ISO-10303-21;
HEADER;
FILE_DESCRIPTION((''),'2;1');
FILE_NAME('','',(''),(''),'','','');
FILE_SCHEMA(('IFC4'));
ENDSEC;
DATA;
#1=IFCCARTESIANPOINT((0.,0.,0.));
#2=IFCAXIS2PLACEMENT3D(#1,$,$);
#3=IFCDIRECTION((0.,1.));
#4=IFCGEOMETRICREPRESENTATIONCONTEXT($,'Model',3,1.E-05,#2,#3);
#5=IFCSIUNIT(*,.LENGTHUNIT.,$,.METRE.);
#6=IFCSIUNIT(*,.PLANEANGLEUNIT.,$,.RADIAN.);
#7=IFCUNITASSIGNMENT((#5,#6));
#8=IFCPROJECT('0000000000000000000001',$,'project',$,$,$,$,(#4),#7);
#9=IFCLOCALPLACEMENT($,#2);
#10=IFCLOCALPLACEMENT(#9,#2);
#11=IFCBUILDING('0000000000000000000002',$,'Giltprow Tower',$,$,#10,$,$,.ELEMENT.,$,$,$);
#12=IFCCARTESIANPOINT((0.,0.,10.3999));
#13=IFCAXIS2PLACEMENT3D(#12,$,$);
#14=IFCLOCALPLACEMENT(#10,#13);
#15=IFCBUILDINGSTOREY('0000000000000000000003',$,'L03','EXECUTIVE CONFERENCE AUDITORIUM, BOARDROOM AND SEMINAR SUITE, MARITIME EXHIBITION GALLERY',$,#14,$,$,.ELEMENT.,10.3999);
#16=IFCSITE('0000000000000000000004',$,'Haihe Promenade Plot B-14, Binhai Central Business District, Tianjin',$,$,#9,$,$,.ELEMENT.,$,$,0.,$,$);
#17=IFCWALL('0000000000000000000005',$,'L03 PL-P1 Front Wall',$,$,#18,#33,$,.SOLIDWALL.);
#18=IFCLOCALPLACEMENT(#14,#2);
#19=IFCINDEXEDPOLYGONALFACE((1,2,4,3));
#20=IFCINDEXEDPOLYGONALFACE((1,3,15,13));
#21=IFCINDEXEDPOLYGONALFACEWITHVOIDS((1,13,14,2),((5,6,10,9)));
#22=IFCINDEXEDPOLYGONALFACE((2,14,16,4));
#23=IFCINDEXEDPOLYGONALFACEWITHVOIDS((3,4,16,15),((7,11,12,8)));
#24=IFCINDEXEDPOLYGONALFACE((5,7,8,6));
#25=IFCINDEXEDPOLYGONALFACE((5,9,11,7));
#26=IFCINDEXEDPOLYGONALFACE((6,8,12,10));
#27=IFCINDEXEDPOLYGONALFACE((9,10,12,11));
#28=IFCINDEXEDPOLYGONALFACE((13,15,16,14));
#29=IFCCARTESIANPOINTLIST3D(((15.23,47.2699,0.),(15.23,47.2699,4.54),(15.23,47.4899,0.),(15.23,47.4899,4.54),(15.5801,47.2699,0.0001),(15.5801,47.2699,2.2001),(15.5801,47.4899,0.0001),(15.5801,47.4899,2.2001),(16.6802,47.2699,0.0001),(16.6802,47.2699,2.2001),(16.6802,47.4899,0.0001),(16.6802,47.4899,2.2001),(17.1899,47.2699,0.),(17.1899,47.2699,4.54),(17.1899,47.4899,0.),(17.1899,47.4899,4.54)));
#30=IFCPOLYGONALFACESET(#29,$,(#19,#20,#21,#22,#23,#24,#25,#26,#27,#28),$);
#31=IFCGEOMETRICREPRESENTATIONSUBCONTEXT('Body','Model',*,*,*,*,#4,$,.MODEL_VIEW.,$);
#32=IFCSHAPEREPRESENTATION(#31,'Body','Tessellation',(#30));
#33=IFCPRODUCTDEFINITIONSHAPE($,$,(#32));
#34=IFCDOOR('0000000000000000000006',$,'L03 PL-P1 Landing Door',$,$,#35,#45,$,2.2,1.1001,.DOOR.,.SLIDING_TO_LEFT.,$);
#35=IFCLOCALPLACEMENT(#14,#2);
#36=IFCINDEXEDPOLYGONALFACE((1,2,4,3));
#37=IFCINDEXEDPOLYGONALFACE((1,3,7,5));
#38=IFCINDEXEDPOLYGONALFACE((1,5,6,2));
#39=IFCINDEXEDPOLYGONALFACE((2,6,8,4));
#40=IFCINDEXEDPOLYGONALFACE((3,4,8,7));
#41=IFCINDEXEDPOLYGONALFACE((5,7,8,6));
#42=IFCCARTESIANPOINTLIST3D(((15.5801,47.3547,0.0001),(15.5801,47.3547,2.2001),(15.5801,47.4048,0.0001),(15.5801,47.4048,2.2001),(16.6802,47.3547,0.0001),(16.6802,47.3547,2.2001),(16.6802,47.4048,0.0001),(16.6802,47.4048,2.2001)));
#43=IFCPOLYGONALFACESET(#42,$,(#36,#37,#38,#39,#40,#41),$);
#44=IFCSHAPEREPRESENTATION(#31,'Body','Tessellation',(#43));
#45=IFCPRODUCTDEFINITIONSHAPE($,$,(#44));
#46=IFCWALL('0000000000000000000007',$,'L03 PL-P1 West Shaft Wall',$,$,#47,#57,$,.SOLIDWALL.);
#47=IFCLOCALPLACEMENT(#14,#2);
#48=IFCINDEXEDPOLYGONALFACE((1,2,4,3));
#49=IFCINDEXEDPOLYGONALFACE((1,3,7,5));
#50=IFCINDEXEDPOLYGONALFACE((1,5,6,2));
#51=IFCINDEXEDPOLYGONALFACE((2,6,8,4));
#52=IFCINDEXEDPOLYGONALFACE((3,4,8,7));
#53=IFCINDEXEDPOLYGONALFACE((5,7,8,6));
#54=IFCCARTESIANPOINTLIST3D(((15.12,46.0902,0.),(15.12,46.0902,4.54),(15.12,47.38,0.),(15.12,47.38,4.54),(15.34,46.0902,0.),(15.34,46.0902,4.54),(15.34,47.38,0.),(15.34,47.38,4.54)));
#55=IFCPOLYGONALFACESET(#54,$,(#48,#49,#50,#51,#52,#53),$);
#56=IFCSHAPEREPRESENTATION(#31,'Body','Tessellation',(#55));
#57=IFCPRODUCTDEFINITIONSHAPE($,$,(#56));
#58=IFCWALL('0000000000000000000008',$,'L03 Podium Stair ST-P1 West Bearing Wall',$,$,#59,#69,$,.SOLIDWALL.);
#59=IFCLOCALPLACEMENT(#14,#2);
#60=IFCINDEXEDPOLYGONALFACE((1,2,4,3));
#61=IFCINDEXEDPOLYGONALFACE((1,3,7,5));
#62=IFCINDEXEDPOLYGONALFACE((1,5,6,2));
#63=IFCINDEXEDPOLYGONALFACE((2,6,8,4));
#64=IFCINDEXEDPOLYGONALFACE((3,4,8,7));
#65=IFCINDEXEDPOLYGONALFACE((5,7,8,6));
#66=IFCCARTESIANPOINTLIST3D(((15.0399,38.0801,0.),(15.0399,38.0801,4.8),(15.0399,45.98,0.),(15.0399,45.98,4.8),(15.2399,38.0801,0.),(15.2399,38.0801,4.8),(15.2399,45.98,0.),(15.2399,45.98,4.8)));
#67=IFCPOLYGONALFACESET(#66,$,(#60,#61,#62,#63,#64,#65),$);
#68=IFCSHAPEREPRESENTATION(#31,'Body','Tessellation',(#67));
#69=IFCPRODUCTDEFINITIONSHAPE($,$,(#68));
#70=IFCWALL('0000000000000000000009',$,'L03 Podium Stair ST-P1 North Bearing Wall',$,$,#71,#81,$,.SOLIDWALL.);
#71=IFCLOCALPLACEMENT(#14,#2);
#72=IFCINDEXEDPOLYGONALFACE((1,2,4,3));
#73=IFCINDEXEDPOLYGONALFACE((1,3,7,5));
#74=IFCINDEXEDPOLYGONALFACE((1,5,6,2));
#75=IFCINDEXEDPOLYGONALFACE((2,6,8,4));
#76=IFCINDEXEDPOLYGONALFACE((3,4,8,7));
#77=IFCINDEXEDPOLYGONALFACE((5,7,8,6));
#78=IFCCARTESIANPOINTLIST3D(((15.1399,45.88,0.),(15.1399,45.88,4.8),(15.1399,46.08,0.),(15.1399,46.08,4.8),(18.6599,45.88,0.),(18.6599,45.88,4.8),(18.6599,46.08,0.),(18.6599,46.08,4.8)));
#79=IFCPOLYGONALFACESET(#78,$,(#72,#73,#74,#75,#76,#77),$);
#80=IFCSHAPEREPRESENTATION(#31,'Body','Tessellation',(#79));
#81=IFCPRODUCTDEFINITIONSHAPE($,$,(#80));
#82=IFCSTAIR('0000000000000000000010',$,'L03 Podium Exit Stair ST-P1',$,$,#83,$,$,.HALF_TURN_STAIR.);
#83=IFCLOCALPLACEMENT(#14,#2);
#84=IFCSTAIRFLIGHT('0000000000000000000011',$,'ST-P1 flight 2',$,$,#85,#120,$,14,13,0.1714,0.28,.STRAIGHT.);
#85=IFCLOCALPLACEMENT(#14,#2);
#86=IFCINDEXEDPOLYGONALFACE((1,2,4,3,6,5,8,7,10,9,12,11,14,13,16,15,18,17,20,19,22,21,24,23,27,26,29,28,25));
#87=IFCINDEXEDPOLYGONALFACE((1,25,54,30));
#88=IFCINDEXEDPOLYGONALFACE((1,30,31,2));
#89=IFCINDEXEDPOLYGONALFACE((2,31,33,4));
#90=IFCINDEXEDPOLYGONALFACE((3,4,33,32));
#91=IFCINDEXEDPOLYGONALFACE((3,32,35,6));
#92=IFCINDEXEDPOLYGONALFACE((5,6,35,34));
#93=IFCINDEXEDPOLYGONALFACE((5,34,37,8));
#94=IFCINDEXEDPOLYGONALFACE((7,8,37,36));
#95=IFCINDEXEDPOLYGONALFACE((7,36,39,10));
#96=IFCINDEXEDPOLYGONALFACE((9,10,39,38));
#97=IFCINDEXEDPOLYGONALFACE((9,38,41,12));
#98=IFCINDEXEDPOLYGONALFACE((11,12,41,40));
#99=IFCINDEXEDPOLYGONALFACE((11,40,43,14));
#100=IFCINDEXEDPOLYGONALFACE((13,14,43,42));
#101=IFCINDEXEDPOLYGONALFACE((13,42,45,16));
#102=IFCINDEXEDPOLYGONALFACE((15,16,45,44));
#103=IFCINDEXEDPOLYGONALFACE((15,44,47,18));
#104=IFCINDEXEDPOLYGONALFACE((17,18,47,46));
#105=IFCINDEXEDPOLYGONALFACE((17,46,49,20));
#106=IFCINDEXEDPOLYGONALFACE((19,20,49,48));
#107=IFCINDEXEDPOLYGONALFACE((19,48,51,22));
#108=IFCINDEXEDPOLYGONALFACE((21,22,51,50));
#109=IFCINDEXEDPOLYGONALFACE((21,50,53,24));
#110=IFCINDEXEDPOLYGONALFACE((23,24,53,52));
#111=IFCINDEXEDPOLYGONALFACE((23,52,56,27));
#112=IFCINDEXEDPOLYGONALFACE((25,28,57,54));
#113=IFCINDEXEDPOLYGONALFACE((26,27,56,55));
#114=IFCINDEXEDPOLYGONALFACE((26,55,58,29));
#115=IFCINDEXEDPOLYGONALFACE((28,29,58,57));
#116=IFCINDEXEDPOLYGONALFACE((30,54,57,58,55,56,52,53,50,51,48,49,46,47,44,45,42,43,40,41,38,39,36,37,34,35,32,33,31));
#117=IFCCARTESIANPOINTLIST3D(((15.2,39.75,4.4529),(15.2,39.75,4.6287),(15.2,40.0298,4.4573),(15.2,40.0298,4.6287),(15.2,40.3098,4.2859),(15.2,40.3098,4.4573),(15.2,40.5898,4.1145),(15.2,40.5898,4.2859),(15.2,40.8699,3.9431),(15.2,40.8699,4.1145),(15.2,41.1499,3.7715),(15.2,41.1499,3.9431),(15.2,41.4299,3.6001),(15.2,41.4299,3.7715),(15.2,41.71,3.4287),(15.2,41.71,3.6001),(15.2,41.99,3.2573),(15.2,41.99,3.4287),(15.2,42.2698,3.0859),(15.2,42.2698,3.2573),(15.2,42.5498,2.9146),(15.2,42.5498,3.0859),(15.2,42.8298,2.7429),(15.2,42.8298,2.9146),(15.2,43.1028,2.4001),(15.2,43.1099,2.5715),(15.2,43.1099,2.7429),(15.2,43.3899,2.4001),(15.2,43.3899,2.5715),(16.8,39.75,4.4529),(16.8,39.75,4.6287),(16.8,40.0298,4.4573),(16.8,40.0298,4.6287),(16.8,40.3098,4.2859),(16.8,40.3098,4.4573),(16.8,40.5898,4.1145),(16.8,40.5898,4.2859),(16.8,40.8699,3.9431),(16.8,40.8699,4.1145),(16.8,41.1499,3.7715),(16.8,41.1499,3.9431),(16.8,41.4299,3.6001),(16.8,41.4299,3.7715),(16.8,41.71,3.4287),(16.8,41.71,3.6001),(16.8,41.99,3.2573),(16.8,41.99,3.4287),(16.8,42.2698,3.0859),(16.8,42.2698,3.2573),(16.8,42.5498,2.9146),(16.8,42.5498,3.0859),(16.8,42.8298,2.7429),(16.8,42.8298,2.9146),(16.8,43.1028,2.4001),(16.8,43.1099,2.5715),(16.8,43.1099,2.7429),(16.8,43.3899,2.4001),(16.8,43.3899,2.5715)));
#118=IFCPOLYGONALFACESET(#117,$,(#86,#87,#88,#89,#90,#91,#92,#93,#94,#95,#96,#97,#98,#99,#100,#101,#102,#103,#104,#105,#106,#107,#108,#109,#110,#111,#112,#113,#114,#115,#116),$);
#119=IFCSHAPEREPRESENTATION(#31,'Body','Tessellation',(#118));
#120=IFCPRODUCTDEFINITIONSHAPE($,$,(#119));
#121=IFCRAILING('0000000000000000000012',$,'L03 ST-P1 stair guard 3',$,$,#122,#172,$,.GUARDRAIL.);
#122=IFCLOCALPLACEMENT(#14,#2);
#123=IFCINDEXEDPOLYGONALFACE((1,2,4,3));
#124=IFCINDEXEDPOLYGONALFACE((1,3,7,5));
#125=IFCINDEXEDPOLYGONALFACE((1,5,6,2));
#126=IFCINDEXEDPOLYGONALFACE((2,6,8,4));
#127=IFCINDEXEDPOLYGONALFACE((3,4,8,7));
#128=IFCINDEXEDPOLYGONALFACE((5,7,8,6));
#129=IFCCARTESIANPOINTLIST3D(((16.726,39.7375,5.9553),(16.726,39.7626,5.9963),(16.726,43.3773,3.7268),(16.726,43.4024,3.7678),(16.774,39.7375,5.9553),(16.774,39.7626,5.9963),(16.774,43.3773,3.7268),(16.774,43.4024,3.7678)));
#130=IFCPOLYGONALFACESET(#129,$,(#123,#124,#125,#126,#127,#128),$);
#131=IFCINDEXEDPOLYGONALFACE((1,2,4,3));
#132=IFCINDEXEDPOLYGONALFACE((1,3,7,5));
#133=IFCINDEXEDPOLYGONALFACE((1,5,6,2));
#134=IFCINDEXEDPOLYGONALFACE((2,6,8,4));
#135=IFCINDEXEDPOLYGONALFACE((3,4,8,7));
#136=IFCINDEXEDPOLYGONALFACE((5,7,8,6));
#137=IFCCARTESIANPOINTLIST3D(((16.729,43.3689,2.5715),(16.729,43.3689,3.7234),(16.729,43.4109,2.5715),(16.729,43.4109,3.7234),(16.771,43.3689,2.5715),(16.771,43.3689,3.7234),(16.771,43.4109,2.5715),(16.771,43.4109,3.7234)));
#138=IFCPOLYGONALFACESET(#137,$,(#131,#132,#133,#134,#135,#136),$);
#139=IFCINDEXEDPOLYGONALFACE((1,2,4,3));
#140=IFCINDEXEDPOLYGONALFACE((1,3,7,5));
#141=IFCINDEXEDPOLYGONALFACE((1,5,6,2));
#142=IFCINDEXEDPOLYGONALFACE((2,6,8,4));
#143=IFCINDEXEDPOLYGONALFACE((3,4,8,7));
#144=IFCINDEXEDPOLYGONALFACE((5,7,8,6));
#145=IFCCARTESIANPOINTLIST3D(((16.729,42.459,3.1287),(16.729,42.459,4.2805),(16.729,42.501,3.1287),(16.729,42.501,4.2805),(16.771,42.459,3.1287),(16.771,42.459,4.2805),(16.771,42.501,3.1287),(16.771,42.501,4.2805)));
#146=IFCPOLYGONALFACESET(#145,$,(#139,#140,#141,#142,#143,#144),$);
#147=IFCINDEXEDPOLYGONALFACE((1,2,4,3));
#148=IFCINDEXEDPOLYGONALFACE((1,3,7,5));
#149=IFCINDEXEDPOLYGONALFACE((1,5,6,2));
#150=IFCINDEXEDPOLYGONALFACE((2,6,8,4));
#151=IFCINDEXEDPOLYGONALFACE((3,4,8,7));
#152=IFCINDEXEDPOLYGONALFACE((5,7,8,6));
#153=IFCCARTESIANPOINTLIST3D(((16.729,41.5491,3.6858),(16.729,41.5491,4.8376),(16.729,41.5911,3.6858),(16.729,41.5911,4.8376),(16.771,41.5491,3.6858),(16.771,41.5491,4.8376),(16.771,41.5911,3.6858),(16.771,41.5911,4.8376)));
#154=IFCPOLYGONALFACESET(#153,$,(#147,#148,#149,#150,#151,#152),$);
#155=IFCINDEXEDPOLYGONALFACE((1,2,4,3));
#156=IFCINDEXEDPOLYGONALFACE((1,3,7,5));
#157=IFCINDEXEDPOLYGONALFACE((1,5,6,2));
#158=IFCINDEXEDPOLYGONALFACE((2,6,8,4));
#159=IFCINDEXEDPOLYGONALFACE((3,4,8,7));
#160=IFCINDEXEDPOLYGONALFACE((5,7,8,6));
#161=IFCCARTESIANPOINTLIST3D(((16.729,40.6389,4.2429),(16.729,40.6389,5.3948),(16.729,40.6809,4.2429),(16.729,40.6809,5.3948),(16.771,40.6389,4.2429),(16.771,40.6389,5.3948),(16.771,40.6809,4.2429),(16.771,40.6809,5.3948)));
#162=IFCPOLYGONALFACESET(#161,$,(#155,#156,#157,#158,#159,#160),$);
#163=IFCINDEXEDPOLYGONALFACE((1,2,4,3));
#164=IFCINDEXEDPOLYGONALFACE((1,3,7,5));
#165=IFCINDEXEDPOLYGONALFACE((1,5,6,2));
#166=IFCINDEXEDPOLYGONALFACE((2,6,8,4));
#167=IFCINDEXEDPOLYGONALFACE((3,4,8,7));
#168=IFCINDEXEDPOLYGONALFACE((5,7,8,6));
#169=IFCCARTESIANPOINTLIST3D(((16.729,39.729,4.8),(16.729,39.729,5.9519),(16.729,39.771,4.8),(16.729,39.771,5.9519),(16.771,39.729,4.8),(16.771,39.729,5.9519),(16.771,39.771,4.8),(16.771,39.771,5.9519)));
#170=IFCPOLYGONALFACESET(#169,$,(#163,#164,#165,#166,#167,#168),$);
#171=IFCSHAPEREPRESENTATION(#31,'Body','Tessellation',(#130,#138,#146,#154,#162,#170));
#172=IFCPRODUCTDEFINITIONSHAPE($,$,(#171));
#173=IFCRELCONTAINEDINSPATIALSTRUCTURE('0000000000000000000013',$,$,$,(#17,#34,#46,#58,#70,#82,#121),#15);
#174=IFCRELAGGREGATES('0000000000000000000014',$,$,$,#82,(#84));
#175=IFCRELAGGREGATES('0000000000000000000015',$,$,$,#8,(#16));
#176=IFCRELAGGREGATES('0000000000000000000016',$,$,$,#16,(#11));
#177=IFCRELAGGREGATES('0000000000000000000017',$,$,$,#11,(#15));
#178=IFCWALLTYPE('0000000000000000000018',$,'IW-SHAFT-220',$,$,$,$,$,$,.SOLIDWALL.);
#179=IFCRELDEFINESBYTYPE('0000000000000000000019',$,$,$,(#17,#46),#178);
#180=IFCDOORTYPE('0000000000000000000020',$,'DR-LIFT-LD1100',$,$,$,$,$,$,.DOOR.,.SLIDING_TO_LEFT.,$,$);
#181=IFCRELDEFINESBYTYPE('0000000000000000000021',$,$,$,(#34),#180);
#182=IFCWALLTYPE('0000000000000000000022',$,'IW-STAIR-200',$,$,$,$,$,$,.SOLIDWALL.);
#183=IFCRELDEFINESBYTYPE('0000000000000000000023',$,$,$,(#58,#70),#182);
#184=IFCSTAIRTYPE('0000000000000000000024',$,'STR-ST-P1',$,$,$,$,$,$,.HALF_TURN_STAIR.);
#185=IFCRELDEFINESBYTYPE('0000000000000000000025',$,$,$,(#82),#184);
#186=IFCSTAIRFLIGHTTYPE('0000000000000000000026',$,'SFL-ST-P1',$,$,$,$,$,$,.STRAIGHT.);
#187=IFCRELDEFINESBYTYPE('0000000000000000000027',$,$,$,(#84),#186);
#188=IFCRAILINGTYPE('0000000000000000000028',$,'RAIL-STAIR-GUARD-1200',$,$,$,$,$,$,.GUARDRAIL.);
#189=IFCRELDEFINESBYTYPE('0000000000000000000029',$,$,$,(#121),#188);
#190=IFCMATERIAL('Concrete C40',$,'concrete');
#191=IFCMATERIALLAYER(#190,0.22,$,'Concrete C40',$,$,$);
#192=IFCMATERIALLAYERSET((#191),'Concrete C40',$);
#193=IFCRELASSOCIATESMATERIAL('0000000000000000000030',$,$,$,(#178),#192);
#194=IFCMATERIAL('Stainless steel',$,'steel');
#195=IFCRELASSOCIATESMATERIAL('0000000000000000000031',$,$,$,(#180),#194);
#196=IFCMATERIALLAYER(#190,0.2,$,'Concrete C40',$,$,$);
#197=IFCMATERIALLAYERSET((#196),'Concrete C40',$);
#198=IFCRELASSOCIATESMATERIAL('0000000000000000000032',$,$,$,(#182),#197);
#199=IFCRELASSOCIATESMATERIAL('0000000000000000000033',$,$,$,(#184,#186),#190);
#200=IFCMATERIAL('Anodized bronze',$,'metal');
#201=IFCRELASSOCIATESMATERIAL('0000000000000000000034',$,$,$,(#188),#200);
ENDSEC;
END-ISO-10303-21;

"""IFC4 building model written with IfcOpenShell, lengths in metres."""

from ifc_helpers import new_model, si_unit, direction, frame, frame_2d, origin, origin_2d, place, context, subcontext, project, spatial, polyline, rectangle, outline, extrude, source, transform, mapped, material, layer, layer_set, type_object, element, fill, aggregate, save


model = new_model("IFC4")

# Units and contexts
model_context = context("Model", 3, precision=1e-05, world=origin(), true_north=direction((0.0, 1.0)))
body_context = subcontext(model_context, "Body", "Model", "MODEL_VIEW")
ifc_project = project(units=[si_unit("LENGTHUNIT", "METRE"), si_unit("PLANEANGLEUNIT", "RADIAN")], contexts=[model_context])

# Site, building, storey
site_placement = place(None, origin())
site = spatial("IfcSite", under=ifc_project, at=site_placement, Name="Haihe Promenade Plot B-14, Binhai Central Business District, Tianjin", CompositionType="ELEMENT", RefElevation=0.0)
building_placement = place(site_placement, origin())
building = spatial("IfcBuilding", under=site, at=building_placement, Name="Giltprow Tower", CompositionType="ELEMENT")
storey_placement = place(building_placement, frame((0.0, 0.0, 10.3999)))
storey = spatial("IfcBuildingStorey", under=building, at=storey_placement, Name="L03", Description="EXECUTIVE CONFERENCE AUDITORIUM, BOARDROOM AND SEMINAR SUITE, MARITIME EXHIBITION GALLERY", CompositionType="ELEMENT", Elevation=10.3999)

# Wall, opening, door
ifc_material_1 = material(Name="Concrete C40", Category="concrete")
ifc_layer_1 = layer(ifc_material_1, 0.22, Name="Concrete C40")
ifc_layer_set_1 = layer_set([ifc_layer_1], Name="Concrete C40")
wall_type_1 = type_object("IfcWallType", Name="IW-SHAFT-220", PredefinedType="SOLIDWALL", material=ifc_layer_set_1)
wall_1_placement = place(storey_placement, frame((15.23, 47.3799, 0.0), z_axis=(0.0, 0.0, 1.0), x_axis=(1.0, 0.0, 0.0)))
wall_1 = element("IfcWall", 1, at=wall_1_placement, inside=storey, type_object=wall_type_1, Name="L03 PL-P1 Front Wall", PredefinedType="SOLIDWALL", context=body_context, shape_type="SweptSolid", body=[
    extrude(rectangle(XDim=1.96, YDim=0.22, at=frame_2d((0.98, 0.0))), origin(), (0.0, 0.0, 1.0), 4.54),
])
opening_1_placement = place(wall_1_placement, frame((0.3501, 0.0, 0.0)))
opening_1 = element("IfcOpeningElement", 2, at=opening_1_placement, cuts=wall_1, PredefinedType="OPENING", context=body_context, shape_type="SweptSolid", body=[
    extrude(rectangle(XDim=1.1001, YDim=2.2, at=frame_2d((0.55, 1.1001))), frame((0.0, 0.1199, 0.0), z_axis=(0.0, -1.0, 0.0), x_axis=(1.0, 0.0, 0.0)), (0.0, 0.0, 1.0), 0.24),
])
ifc_material_2 = material(Name="Stainless steel", Category="steel")
door_type_1 = type_object("IfcDoorType", Name="DR-LIFT-LD1100", OperationType="SLIDING_TO_LEFT", PredefinedType="DOOR", material=ifc_material_2)
shared_shape_1 = source(origin(), body_context, "Body", "SweptSolid", [
    extrude(rectangle(XDim=1.1001, YDim=2.2, at=frame_2d((0.55, 1.1001))), frame((0.0, 0.0249, 0.0), z_axis=(0.0, -1.0, 0.0), x_axis=(1.0, 0.0, 0.0)), (0.0, 0.0, 1.0), 0.05),
])
door_1_placement = place(opening_1_placement, origin())
door_1 = element("IfcDoor", 3, at=door_1_placement, inside=storey, type_object=door_type_1, Name="L03 PL-P1 Landing Door", OperationType="SLIDING_TO_LEFT", OverallHeight=2.2, OverallWidth=1.1001, PredefinedType="DOOR", context=body_context, shape_type="MappedRepresentation", body=[
    mapped(shared_shape_1, transform((0.0, 0.0, 0.0), x_axis=(1.0, 0.0, 0.0), y_axis=(0.0, 1.0, 0.0), z_axis=(0.0, 0.0, 1.0), scale=1.0)),
])
fill(opening_1, door_1)

# Walls
wall_2_placement = place(storey_placement, frame((15.23, 46.0901, 0.0), z_axis=(0.0, 0.0, 1.0), x_axis=(0.0, 1.0, 0.0)))
element("IfcWall", 4, at=wall_2_placement, inside=storey, type_object=wall_type_1, Name="L03 PL-P1 West Shaft Wall", PredefinedType="SOLIDWALL", context=body_context, shape_type="SweptSolid", body=[
    extrude(rectangle(XDim=1.2898, YDim=0.22, at=frame_2d((0.645, 0.0))), origin(), (0.0, 0.0, 1.0), 4.54),
])
ifc_layer_2 = layer(ifc_material_1, 0.2, Name="Concrete C40")
ifc_layer_set_2 = layer_set([ifc_layer_2], Name="Concrete C40")
wall_type_2 = type_object("IfcWallType", Name="IW-STAIR-200", PredefinedType="SOLIDWALL", material=ifc_layer_set_2)
wall_3_placement = place(storey_placement, frame((15.1399, 38.0801, 0.0), z_axis=(0.0, 0.0, 1.0), x_axis=(0.0, 1.0, 0.0)))
element("IfcWall", 5, at=wall_3_placement, inside=storey, type_object=wall_type_2, Name="L03 Podium Stair ST-P1 West Bearing Wall", PredefinedType="SOLIDWALL", context=body_context, shape_type="SweptSolid", body=[
    extrude(rectangle(XDim=7.8999, YDim=0.2, at=frame_2d((3.95, 0.0))), origin(), (0.0, 0.0, 1.0), 4.8),
])
wall_4_placement = place(storey_placement, frame((15.1399, 45.98, 0.0), z_axis=(0.0, 0.0, 1.0), x_axis=(1.0, 0.0, 0.0)))
element("IfcWall", 6, at=wall_4_placement, inside=storey, type_object=wall_type_2, Name="L03 Podium Stair ST-P1 North Bearing Wall", PredefinedType="SOLIDWALL", context=body_context, shape_type="SweptSolid", body=[
    extrude(rectangle(XDim=3.52, YDim=0.2, at=frame_2d((1.76, 0.0))), origin(), (0.0, 0.0, 1.0), 4.8),
])

# Stair, stair flight
stair_type = type_object("IfcStairType", Name="STR-ST-P1", PredefinedType="HALF_TURN_STAIR", material=ifc_material_1)
stair_placement = place(storey_placement, origin())
stair = element("IfcStair", 7, at=stair_placement, inside=storey, type_object=stair_type, Name="L03 Podium Exit Stair ST-P1", PredefinedType="HALF_TURN_STAIR")
stair_flight_type = type_object("IfcStairFlightType", Name="SFL-ST-P1", PredefinedType="STRAIGHT", material=ifc_material_1)
stair_flight_placement = place(storey_placement, frame((16.0, 43.3899, 2.4001), z_axis=(0.0, 0.0, 1.0), x_axis=(0.0, -1.0, 0.0)))
stair_flight = element("IfcStairFlight", 8, at=stair_flight_placement, type_object=stair_flight_type, Name="ST-P1 flight 2", NumberOfRisers=14, NumberOfTreads=13, PredefinedType="STRAIGHT", RiserHeight=0.1714, TreadLength=0.28, context=body_context, shape_type="SweptSolid", body=[
    extrude(outline(polyline([(0.0, 0.0), (0.0, 0.1714), (0.28, 0.1714), (0.28, 0.3428), (0.5601, 0.3428), (0.5601, 0.5144), (0.8401, 0.5144), (0.8401, 0.6858), (1.1201, 0.6858), (1.1201, 0.8572), (1.3999, 0.8572), (1.3999, 1.0286), (1.6799, 1.0286), (1.6799, 1.2), (1.96, 1.2), (1.96, 1.3713), (2.24, 1.3713), (2.24, 1.543), (2.52, 1.543), (2.52, 1.7144), (2.8, 1.7144), (2.8, 1.8857), (3.0801, 1.8857), (3.0801, 2.0571), (3.3601, 2.0571), (3.3601, 2.2285), (3.6399, 2.2285), (3.6399, 2.3999), (3.6399, 2.0527), (0.2871, 0.0), (0.0, 0.0)])), frame((0.0, 0.8, 0.0), z_axis=(0.0, -1.0, 0.0), x_axis=(1.0, 0.0, 0.0)), (0.0, 0.0, 1.0), 1.6001),
])
aggregate(stair, [stair_flight])

# Railing
ifc_material_3 = material(Name="Anodized bronze", Category="metal")
railing_type_1 = type_object("IfcRailingType", Name="RAIL-STAIR-GUARD-1200", PredefinedType="GUARDRAIL", material=ifc_material_3)
railing_1_placement = place(storey_placement, frame((16.75, 43.3899, 2.5715)))
element("IfcRailing", 9, at=railing_1_placement, inside=storey, type_object=railing_type_1, Name="L03 ST-P1 stair guard 3", PredefinedType="GUARDRAIL", context=body_context, shape_type="SweptSolid", body=[
    extrude(rectangle(XDim=0.0481, YDim=0.0481, at=origin_2d()), frame((0.0, 0.0, 1.1758), z_axis=(0.0, -0.85285, 0.522156), x_axis=(1.0, 0.0, 0.0)), (0.0, 0.0, 1.0), 4.2678),
    extrude(rectangle(XDim=0.042, YDim=0.042, at=origin_2d()), origin(), (0.0, 0.0, 1.0), 1.1519),
    extrude(rectangle(XDim=0.042, YDim=0.042, at=origin_2d()), frame((0.0, -0.9099, 0.5571)), (0.0, 0.0, 1.0), 1.1519),
    extrude(rectangle(XDim=0.042, YDim=0.042, at=origin_2d()), frame((0.0, -1.8198, 1.1143)), (0.0, 0.0, 1.0), 1.1519),
    extrude(rectangle(XDim=0.042, YDim=0.042, at=origin_2d()), frame((0.0, -2.73, 1.6714)), (0.0, 0.0, 1.0), 1.1519),
    extrude(rectangle(XDim=0.042, YDim=0.042, at=origin_2d()), frame((0.0, -3.6399, 2.2285)), (0.0, 0.0, 1.0), 1.1519),
])

save(model, "model.ifc")
